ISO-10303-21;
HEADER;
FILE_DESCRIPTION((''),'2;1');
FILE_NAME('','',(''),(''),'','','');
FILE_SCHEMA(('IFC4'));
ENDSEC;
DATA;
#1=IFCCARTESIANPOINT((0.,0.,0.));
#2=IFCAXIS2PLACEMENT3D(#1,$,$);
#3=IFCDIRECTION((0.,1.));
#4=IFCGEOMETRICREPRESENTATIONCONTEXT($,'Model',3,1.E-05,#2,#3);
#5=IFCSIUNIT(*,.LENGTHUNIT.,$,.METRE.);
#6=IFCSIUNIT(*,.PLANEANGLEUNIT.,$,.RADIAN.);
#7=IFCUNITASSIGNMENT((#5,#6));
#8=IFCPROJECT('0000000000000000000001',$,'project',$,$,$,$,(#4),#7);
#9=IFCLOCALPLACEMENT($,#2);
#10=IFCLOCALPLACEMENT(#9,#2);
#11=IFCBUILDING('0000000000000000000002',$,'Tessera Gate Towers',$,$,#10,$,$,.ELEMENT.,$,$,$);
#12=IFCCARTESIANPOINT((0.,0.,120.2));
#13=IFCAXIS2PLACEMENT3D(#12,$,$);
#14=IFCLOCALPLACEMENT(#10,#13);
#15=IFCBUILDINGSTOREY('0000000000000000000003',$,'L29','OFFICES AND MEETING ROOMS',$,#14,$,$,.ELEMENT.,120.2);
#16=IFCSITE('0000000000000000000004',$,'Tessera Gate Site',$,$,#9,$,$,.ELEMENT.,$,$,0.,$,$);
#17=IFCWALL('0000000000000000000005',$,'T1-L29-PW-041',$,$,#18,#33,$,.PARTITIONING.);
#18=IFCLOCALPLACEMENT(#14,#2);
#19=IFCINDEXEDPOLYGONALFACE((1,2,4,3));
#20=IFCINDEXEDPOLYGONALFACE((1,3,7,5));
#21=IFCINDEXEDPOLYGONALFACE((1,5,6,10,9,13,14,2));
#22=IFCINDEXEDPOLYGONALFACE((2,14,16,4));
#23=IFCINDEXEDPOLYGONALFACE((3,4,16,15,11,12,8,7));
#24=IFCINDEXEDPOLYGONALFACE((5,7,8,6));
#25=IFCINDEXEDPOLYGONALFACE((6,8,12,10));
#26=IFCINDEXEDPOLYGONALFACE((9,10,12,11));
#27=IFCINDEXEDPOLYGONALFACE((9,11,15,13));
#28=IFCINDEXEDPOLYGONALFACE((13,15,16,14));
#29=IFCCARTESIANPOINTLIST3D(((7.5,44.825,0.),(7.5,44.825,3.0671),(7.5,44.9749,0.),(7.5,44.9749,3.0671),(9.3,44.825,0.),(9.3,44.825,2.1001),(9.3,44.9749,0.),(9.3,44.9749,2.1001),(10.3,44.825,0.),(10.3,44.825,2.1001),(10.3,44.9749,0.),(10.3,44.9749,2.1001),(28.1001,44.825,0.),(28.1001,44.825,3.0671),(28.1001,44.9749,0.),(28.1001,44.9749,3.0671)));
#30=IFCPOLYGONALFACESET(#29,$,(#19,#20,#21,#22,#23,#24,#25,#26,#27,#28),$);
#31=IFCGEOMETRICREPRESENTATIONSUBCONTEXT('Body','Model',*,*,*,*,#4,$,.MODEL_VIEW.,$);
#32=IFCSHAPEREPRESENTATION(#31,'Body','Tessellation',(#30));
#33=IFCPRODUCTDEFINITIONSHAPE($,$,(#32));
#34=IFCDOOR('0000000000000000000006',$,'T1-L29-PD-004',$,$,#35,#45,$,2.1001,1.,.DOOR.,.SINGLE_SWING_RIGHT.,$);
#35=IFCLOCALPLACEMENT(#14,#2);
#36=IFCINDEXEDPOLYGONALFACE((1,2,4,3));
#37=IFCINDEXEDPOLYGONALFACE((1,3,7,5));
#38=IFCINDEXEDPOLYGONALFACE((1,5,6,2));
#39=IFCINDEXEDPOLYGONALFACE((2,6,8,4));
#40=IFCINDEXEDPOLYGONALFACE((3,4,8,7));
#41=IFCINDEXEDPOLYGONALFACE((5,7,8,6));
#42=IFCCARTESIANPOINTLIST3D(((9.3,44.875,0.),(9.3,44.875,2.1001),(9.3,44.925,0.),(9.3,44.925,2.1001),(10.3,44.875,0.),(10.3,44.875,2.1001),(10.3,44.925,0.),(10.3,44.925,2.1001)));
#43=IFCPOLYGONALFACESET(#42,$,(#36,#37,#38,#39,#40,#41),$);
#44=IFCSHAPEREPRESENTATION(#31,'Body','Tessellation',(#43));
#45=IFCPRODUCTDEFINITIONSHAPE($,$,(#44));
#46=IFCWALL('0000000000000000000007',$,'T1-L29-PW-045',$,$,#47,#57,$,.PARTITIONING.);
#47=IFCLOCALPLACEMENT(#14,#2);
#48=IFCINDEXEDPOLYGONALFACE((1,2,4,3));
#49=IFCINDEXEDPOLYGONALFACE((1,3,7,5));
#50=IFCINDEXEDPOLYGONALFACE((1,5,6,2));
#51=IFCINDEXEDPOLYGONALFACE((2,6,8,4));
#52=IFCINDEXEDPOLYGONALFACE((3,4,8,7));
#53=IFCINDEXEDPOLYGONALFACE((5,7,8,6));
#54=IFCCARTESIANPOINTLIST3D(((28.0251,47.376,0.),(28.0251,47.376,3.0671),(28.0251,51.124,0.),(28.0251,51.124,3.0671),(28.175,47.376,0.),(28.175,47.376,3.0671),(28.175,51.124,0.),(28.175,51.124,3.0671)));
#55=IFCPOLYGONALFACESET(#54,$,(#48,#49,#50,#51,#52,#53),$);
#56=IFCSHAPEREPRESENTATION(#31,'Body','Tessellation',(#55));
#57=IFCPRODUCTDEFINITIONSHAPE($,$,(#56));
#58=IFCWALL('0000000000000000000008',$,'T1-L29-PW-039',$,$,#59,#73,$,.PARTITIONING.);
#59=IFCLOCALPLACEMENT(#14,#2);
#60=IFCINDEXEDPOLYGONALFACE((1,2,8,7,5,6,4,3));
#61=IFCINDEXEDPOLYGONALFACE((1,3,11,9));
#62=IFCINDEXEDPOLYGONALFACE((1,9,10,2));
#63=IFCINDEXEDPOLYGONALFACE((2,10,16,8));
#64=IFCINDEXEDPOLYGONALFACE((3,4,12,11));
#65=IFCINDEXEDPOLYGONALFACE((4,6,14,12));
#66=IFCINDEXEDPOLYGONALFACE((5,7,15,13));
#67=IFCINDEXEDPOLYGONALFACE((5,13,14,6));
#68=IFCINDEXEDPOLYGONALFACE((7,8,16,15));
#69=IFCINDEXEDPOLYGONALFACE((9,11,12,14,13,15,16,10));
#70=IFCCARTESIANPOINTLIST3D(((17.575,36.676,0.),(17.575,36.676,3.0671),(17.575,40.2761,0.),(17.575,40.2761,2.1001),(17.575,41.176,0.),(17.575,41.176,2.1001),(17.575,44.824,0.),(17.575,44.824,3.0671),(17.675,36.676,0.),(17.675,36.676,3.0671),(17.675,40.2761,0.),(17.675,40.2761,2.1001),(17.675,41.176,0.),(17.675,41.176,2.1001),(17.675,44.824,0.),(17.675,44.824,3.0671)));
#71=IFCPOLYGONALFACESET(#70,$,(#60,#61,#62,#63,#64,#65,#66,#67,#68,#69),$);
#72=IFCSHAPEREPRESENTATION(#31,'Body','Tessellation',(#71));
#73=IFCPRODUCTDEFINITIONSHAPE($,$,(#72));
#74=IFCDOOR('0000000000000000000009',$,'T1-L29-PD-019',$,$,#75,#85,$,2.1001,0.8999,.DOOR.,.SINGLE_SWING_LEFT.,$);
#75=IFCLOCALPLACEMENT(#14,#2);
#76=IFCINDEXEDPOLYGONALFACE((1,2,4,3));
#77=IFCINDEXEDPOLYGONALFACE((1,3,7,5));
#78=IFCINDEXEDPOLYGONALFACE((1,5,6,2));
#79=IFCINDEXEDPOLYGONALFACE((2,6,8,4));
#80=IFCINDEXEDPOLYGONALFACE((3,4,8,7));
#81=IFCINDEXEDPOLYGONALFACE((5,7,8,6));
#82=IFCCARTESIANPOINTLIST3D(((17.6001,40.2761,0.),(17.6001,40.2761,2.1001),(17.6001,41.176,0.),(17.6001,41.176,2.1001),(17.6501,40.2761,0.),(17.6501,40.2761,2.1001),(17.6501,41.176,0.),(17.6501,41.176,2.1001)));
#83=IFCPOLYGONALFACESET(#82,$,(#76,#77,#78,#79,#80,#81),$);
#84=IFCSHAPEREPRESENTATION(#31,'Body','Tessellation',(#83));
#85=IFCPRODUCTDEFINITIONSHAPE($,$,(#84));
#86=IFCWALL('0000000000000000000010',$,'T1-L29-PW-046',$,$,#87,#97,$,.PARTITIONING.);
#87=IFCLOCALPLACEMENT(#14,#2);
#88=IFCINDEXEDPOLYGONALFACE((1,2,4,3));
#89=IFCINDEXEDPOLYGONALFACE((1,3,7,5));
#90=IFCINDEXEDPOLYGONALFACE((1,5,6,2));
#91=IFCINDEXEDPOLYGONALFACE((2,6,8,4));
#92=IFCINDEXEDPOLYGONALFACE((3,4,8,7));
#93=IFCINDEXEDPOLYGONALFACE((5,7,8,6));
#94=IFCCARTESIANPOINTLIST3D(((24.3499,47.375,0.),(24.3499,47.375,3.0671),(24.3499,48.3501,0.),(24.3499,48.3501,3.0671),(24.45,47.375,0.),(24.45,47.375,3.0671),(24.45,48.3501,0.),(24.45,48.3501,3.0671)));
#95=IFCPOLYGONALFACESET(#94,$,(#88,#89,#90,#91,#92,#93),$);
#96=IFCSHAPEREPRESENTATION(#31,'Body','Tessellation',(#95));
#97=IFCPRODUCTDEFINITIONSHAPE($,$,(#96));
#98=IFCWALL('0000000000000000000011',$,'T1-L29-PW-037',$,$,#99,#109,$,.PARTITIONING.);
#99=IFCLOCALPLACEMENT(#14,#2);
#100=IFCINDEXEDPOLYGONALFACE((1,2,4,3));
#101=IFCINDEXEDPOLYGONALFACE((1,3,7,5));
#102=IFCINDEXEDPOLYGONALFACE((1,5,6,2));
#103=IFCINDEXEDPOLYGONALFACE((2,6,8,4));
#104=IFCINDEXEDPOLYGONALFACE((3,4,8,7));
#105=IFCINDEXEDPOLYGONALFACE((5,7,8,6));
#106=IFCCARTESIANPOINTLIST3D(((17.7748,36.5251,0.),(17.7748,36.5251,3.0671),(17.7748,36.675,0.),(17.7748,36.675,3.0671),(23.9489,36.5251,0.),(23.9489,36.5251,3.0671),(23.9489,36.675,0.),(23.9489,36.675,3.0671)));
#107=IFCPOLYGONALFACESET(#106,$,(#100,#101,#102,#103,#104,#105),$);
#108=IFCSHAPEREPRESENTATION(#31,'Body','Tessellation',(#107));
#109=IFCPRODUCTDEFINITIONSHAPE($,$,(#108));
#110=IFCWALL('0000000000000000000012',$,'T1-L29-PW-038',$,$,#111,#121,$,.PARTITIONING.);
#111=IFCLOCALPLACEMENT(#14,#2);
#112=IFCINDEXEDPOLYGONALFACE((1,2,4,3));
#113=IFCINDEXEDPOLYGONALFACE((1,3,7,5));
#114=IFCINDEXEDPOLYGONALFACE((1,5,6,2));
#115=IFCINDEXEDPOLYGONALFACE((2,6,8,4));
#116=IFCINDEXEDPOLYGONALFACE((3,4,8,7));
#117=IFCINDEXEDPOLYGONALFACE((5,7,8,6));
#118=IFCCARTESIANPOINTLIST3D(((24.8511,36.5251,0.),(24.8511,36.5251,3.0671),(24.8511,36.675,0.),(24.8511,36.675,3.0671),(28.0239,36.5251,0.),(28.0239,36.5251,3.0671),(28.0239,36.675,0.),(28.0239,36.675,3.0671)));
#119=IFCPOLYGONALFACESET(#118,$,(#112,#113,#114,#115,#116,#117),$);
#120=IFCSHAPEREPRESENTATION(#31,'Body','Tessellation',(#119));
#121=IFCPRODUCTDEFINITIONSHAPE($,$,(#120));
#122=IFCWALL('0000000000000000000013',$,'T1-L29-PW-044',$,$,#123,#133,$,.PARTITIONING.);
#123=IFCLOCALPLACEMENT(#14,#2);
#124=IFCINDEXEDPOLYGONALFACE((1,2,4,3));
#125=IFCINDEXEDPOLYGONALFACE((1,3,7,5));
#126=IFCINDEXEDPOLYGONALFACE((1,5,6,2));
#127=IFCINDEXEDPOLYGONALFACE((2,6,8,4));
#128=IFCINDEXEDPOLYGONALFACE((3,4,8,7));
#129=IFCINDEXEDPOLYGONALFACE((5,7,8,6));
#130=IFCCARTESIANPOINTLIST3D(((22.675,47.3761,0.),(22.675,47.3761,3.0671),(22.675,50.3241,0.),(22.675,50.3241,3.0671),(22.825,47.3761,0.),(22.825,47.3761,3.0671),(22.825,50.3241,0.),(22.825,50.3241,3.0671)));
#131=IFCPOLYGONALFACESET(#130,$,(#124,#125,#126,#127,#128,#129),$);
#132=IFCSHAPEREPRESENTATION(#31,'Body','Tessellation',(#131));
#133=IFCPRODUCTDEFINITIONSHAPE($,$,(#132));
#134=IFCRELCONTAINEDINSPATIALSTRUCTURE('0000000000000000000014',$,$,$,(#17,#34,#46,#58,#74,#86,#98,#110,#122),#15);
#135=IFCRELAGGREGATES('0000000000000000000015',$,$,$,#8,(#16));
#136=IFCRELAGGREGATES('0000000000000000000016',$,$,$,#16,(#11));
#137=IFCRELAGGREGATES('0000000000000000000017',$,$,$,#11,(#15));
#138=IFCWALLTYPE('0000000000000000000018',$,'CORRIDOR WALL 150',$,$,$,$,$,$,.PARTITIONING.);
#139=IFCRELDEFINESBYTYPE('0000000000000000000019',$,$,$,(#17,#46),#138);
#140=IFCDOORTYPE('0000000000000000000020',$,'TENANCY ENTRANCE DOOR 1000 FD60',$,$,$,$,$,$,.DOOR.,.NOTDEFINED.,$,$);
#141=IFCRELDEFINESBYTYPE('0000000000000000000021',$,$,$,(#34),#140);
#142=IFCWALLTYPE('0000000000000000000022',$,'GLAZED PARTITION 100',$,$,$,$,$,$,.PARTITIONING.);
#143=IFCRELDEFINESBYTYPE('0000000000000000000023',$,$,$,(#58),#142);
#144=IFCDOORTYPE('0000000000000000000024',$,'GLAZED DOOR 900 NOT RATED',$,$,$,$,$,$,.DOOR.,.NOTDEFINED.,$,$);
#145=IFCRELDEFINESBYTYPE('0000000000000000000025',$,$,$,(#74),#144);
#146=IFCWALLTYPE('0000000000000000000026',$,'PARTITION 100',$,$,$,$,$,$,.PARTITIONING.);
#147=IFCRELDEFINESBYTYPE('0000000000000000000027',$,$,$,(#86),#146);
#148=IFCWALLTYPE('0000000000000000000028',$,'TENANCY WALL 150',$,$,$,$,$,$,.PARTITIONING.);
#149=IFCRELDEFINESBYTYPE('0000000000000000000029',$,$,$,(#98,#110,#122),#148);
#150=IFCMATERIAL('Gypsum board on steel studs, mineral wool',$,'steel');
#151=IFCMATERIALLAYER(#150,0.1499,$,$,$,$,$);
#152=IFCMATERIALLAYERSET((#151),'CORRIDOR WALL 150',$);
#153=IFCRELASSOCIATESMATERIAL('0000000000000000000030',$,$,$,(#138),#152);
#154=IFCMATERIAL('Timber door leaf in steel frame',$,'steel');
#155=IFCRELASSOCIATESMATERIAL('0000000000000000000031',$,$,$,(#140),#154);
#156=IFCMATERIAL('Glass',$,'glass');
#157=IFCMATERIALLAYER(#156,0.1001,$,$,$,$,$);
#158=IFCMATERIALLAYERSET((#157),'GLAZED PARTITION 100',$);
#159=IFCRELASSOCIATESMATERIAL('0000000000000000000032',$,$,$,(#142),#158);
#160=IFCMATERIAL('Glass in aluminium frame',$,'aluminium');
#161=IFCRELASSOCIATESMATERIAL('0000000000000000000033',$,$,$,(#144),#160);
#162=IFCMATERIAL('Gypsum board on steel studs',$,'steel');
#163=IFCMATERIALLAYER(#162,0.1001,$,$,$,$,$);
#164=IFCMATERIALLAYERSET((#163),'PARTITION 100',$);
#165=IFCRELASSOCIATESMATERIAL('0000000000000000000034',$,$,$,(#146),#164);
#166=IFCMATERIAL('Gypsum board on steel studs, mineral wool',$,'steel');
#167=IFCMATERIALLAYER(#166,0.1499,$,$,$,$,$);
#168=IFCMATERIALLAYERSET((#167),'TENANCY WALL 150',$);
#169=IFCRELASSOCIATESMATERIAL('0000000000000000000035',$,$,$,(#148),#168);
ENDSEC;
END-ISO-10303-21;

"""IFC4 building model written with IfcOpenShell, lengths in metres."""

from ifc_helpers import new_model, si_unit, direction, frame, frame_2d, origin, place, context, subcontext, project, spatial, rectangle, extrude, source, transform, mapped, material, layer, layer_set, type_object, element, fill, save


model = new_model("IFC4")

# Units and contexts
model_context = context("Model", 3, precision=1e-05, world=origin(), true_north=direction((0.0, 1.0)))
body_context = subcontext(model_context, "Body", "Model", "MODEL_VIEW")
ifc_project = project(units=[si_unit("LENGTHUNIT", "METRE"), si_unit("PLANEANGLEUNIT", "RADIAN")], contexts=[model_context])

# Site, building, storey
site_placement = place(None, origin())
site = spatial("IfcSite", under=ifc_project, at=site_placement, Name="Tessera Gate Site", CompositionType="ELEMENT", RefElevation=0.0)
building_placement = place(site_placement, origin())
building = spatial("IfcBuilding", under=site, at=building_placement, Name="Tessera Gate Towers", CompositionType="ELEMENT")
storey_placement = place(building_placement, frame((0.0, 0.0, 120.2)))
storey = spatial("IfcBuildingStorey", under=building, at=storey_placement, Name="L29", Description="OFFICES AND MEETING ROOMS", CompositionType="ELEMENT", Elevation=120.2)

# Wall, opening, door
ifc_material_1 = material(Name="Gypsum board on steel studs, mineral wool", Category="steel")
ifc_layer_1 = layer(ifc_material_1, 0.1499)
ifc_layer_set_1 = layer_set([ifc_layer_1], Name="CORRIDOR WALL 150")
wall_type_1 = type_object("IfcWallType", Name="CORRIDOR WALL 150", PredefinedType="PARTITIONING", material=ifc_layer_set_1)
wall_1_placement = place(storey_placement, frame((28.1001, 44.8999, 0.0), z_axis=(0.0, 0.0, 1.0), x_axis=(-1.0, 0.0, 0.0)))
wall_1 = element("IfcWall", 1, at=wall_1_placement, inside=storey, type_object=wall_type_1, Name="T1-L29-PW-041", PredefinedType="PARTITIONING", context=body_context, shape_type="SweptSolid", body=[
    extrude(rectangle(XDim=20.6001, YDim=0.1499, at=frame_2d((10.3, 0.0))), origin(), (0.0, 0.0, 1.0), 3.0671),
])
shared_shape_1 = source(origin(), body_context, "Body", "SweptSolid", [
    extrude(rectangle(XDim=1.0, YDim=2.1001, at=frame_2d((0.5, 1.05))), frame((0.0, 0.085, 0.0), z_axis=(0.0, -1.0, 0.0), x_axis=(1.0, 0.0, 0.0)), (0.0, 0.0, 1.0), 0.1699),
])
opening_1_placement = place(wall_1_placement, frame((17.8, 0.0, 0.0)))
opening_1 = element("IfcOpeningElement", 2, at=opening_1_placement, cuts=wall_1, PredefinedType="OPENING", context=body_context, shape_type="MappedRepresentation", body=[
    mapped(shared_shape_1, transform((0.0, 0.0, 0.0), scale=1.0)),
])
ifc_material_2 = material(Name="Timber door leaf in steel frame", Category="steel")
door_type_1 = type_object("IfcDoorType", Name="TENANCY ENTRANCE DOOR 1000 FD60", OperationType="NOTDEFINED", PredefinedType="DOOR", material=ifc_material_2)
shared_shape_2 = source(origin(), body_context, "Body", "SweptSolid", [
    extrude(rectangle(XDim=1.0, YDim=2.1001, at=frame_2d((0.5, 1.05))), frame((0.0, 0.0249, 0.0), z_axis=(0.0, -1.0, 0.0), x_axis=(1.0, 0.0, 0.0)), (0.0, 0.0, 1.0), 0.05),
])
door_1_placement = place(opening_1_placement, origin())
door_1 = element("IfcDoor", 3, at=door_1_placement, inside=storey, type_object=door_type_1, Name="T1-L29-PD-004", OperationType="SINGLE_SWING_RIGHT", OverallHeight=2.1001, OverallWidth=1.0, PredefinedType="DOOR", context=body_context, shape_type="MappedRepresentation", body=[
    mapped(shared_shape_2, transform((0.0, 0.0, 0.0), scale=1.0)),
])
fill(opening_1, door_1)

# Wall
wall_2_placement = place(storey_placement, frame((28.1001, 47.376, 0.0), z_axis=(0.0, 0.0, 1.0), x_axis=(0.0, 1.0, 0.0)))
element("IfcWall", 4, at=wall_2_placement, inside=storey, type_object=wall_type_1, Name="T1-L29-PW-045", PredefinedType="PARTITIONING", context=body_context, shape_type="SweptSolid", body=[
    extrude(rectangle(XDim=3.748, YDim=0.1499, at=frame_2d((1.874, 0.0))), origin(), (0.0, 0.0, 1.0), 3.0671),
])

# Wall, opening, door
ifc_material_3 = material(Name="Glass", Category="glass")
ifc_layer_2 = layer(ifc_material_3, 0.1001)
ifc_layer_set_2 = layer_set([ifc_layer_2], Name="GLAZED PARTITION 100")
wall_type_2 = type_object("IfcWallType", Name="GLAZED PARTITION 100", PredefinedType="PARTITIONING", material=ifc_layer_set_2)
wall_3_placement = place(storey_placement, frame((17.625, 36.676, 0.0), z_axis=(0.0, 0.0, 1.0), x_axis=(0.0, 1.0, 0.0)))
wall_3 = element("IfcWall", 5, at=wall_3_placement, inside=storey, type_object=wall_type_2, Name="T1-L29-PW-039", PredefinedType="PARTITIONING", context=body_context, shape_type="SweptSolid", body=[
    extrude(rectangle(XDim=8.1479, YDim=0.1001, at=frame_2d((4.074, 0.0))), origin(), (0.0, 0.0, 1.0), 3.0671),
])
shared_shape_3 = source(origin(), body_context, "Body", "SweptSolid", [
    extrude(rectangle(XDim=0.8999, YDim=2.1001, at=frame_2d((0.45, 1.05))), frame((0.0, 0.0601, 0.0), z_axis=(0.0, -1.0, 0.0), x_axis=(1.0, 0.0, 0.0)), (0.0, 0.0, 1.0), 0.1201),
])
opening_2_placement = place(wall_3_placement, frame((3.6001, 0.0, 0.0)))
opening_2 = element("IfcOpeningElement", 6, at=opening_2_placement, cuts=wall_3, PredefinedType="OPENING", context=body_context, shape_type="MappedRepresentation", body=[
    mapped(shared_shape_3, transform((0.0, 0.0, 0.0), scale=1.0)),
])
ifc_material_4 = material(Name="Glass in aluminium frame", Category="aluminium")
door_type_2 = type_object("IfcDoorType", Name="GLAZED DOOR 900 NOT RATED", OperationType="NOTDEFINED", PredefinedType="DOOR", material=ifc_material_4)
shared_shape_4 = source(origin(), body_context, "Body", "SweptSolid", [
    extrude(rectangle(XDim=0.8999, YDim=2.1001, at=frame_2d((0.45, 1.05))), frame((0.0, 0.0249, 0.0), z_axis=(0.0, -1.0, 0.0), x_axis=(1.0, 0.0, 0.0)), (0.0, 0.0, 1.0), 0.05),
])
door_2_placement = place(opening_2_placement, origin())
door_2 = element("IfcDoor", 7, at=door_2_placement, inside=storey, type_object=door_type_2, Name="T1-L29-PD-019", OperationType="SINGLE_SWING_LEFT", OverallHeight=2.1001, OverallWidth=0.8999, PredefinedType="DOOR", context=body_context, shape_type="MappedRepresentation", body=[
    mapped(shared_shape_4, transform((0.0, 0.0, 0.0), scale=1.0)),
])
fill(opening_2, door_2)

# Walls
ifc_material_5 = material(Name="Gypsum board on steel studs", Category="steel")
ifc_layer_3 = layer(ifc_material_5, 0.1001)
ifc_layer_set_3 = layer_set([ifc_layer_3], Name="PARTITION 100")
wall_type_3 = type_object("IfcWallType", Name="PARTITION 100", PredefinedType="PARTITIONING", material=ifc_layer_set_3)
wall_4_placement = place(storey_placement, frame((24.3999, 48.3501, 0.0), z_axis=(0.0, 0.0, 1.0), x_axis=(0.0, -1.0, 0.0)))
element("IfcWall", 8, at=wall_4_placement, inside=storey, type_object=wall_type_3, Name="T1-L29-PW-046", PredefinedType="PARTITIONING", context=body_context, shape_type="SweptSolid", body=[
    extrude(rectangle(XDim=0.9751, YDim=0.1001, at=frame_2d((0.4875, 0.0))), origin(), (0.0, 0.0, 1.0), 3.0671),
])
ifc_material_6 = material(Name="Gypsum board on steel studs, mineral wool", Category="steel")
ifc_layer_4 = layer(ifc_material_6, 0.1499)
ifc_layer_set_4 = layer_set([ifc_layer_4], Name="TENANCY WALL 150")
wall_type_4 = type_object("IfcWallType", Name="TENANCY WALL 150", PredefinedType="PARTITIONING", material=ifc_layer_set_4)
wall_5_placement = place(storey_placement, frame((17.7749, 36.6001, 0.0), z_axis=(0.0, 0.0, 1.0), x_axis=(1.0, 0.0, 0.0)))
element("IfcWall", 9, at=wall_5_placement, inside=storey, type_object=wall_type_4, Name="T1-L29-PW-037", PredefinedType="PARTITIONING", context=body_context, shape_type="SweptSolid", body=[
    extrude(rectangle(XDim=6.1741, YDim=0.1499, at=frame_2d((3.0869, 0.0))), origin(), (0.0, 0.0, 1.0), 3.0671),
])
wall_6_placement = place(storey_placement, frame((24.8511, 36.6001, 0.0), z_axis=(0.0, 0.0, 1.0), x_axis=(1.0, 0.0, 0.0)))
element("IfcWall", 10, at=wall_6_placement, inside=storey, type_object=wall_type_4, Name="T1-L29-PW-038", PredefinedType="PARTITIONING", context=body_context, shape_type="SweptSolid", body=[
    extrude(rectangle(XDim=3.1729, YDim=0.1499, at=frame_2d((1.5864, 0.0))), origin(), (0.0, 0.0, 1.0), 3.0671),
])
wall_7_placement = place(storey_placement, frame((22.75, 47.376, 0.0), z_axis=(0.0, 0.0, 1.0), x_axis=(0.0, 1.0, 0.0)))
element("IfcWall", 11, at=wall_7_placement, inside=storey, type_object=wall_type_4, Name="T1-L29-PW-044", PredefinedType="PARTITIONING", context=body_context, shape_type="SweptSolid", body=[
    extrude(rectangle(XDim=2.948, YDim=0.1499, at=frame_2d((1.4741, 0.0))), origin(), (0.0, 0.0, 1.0), 3.0671),
])

save(model, "model.ifc")
